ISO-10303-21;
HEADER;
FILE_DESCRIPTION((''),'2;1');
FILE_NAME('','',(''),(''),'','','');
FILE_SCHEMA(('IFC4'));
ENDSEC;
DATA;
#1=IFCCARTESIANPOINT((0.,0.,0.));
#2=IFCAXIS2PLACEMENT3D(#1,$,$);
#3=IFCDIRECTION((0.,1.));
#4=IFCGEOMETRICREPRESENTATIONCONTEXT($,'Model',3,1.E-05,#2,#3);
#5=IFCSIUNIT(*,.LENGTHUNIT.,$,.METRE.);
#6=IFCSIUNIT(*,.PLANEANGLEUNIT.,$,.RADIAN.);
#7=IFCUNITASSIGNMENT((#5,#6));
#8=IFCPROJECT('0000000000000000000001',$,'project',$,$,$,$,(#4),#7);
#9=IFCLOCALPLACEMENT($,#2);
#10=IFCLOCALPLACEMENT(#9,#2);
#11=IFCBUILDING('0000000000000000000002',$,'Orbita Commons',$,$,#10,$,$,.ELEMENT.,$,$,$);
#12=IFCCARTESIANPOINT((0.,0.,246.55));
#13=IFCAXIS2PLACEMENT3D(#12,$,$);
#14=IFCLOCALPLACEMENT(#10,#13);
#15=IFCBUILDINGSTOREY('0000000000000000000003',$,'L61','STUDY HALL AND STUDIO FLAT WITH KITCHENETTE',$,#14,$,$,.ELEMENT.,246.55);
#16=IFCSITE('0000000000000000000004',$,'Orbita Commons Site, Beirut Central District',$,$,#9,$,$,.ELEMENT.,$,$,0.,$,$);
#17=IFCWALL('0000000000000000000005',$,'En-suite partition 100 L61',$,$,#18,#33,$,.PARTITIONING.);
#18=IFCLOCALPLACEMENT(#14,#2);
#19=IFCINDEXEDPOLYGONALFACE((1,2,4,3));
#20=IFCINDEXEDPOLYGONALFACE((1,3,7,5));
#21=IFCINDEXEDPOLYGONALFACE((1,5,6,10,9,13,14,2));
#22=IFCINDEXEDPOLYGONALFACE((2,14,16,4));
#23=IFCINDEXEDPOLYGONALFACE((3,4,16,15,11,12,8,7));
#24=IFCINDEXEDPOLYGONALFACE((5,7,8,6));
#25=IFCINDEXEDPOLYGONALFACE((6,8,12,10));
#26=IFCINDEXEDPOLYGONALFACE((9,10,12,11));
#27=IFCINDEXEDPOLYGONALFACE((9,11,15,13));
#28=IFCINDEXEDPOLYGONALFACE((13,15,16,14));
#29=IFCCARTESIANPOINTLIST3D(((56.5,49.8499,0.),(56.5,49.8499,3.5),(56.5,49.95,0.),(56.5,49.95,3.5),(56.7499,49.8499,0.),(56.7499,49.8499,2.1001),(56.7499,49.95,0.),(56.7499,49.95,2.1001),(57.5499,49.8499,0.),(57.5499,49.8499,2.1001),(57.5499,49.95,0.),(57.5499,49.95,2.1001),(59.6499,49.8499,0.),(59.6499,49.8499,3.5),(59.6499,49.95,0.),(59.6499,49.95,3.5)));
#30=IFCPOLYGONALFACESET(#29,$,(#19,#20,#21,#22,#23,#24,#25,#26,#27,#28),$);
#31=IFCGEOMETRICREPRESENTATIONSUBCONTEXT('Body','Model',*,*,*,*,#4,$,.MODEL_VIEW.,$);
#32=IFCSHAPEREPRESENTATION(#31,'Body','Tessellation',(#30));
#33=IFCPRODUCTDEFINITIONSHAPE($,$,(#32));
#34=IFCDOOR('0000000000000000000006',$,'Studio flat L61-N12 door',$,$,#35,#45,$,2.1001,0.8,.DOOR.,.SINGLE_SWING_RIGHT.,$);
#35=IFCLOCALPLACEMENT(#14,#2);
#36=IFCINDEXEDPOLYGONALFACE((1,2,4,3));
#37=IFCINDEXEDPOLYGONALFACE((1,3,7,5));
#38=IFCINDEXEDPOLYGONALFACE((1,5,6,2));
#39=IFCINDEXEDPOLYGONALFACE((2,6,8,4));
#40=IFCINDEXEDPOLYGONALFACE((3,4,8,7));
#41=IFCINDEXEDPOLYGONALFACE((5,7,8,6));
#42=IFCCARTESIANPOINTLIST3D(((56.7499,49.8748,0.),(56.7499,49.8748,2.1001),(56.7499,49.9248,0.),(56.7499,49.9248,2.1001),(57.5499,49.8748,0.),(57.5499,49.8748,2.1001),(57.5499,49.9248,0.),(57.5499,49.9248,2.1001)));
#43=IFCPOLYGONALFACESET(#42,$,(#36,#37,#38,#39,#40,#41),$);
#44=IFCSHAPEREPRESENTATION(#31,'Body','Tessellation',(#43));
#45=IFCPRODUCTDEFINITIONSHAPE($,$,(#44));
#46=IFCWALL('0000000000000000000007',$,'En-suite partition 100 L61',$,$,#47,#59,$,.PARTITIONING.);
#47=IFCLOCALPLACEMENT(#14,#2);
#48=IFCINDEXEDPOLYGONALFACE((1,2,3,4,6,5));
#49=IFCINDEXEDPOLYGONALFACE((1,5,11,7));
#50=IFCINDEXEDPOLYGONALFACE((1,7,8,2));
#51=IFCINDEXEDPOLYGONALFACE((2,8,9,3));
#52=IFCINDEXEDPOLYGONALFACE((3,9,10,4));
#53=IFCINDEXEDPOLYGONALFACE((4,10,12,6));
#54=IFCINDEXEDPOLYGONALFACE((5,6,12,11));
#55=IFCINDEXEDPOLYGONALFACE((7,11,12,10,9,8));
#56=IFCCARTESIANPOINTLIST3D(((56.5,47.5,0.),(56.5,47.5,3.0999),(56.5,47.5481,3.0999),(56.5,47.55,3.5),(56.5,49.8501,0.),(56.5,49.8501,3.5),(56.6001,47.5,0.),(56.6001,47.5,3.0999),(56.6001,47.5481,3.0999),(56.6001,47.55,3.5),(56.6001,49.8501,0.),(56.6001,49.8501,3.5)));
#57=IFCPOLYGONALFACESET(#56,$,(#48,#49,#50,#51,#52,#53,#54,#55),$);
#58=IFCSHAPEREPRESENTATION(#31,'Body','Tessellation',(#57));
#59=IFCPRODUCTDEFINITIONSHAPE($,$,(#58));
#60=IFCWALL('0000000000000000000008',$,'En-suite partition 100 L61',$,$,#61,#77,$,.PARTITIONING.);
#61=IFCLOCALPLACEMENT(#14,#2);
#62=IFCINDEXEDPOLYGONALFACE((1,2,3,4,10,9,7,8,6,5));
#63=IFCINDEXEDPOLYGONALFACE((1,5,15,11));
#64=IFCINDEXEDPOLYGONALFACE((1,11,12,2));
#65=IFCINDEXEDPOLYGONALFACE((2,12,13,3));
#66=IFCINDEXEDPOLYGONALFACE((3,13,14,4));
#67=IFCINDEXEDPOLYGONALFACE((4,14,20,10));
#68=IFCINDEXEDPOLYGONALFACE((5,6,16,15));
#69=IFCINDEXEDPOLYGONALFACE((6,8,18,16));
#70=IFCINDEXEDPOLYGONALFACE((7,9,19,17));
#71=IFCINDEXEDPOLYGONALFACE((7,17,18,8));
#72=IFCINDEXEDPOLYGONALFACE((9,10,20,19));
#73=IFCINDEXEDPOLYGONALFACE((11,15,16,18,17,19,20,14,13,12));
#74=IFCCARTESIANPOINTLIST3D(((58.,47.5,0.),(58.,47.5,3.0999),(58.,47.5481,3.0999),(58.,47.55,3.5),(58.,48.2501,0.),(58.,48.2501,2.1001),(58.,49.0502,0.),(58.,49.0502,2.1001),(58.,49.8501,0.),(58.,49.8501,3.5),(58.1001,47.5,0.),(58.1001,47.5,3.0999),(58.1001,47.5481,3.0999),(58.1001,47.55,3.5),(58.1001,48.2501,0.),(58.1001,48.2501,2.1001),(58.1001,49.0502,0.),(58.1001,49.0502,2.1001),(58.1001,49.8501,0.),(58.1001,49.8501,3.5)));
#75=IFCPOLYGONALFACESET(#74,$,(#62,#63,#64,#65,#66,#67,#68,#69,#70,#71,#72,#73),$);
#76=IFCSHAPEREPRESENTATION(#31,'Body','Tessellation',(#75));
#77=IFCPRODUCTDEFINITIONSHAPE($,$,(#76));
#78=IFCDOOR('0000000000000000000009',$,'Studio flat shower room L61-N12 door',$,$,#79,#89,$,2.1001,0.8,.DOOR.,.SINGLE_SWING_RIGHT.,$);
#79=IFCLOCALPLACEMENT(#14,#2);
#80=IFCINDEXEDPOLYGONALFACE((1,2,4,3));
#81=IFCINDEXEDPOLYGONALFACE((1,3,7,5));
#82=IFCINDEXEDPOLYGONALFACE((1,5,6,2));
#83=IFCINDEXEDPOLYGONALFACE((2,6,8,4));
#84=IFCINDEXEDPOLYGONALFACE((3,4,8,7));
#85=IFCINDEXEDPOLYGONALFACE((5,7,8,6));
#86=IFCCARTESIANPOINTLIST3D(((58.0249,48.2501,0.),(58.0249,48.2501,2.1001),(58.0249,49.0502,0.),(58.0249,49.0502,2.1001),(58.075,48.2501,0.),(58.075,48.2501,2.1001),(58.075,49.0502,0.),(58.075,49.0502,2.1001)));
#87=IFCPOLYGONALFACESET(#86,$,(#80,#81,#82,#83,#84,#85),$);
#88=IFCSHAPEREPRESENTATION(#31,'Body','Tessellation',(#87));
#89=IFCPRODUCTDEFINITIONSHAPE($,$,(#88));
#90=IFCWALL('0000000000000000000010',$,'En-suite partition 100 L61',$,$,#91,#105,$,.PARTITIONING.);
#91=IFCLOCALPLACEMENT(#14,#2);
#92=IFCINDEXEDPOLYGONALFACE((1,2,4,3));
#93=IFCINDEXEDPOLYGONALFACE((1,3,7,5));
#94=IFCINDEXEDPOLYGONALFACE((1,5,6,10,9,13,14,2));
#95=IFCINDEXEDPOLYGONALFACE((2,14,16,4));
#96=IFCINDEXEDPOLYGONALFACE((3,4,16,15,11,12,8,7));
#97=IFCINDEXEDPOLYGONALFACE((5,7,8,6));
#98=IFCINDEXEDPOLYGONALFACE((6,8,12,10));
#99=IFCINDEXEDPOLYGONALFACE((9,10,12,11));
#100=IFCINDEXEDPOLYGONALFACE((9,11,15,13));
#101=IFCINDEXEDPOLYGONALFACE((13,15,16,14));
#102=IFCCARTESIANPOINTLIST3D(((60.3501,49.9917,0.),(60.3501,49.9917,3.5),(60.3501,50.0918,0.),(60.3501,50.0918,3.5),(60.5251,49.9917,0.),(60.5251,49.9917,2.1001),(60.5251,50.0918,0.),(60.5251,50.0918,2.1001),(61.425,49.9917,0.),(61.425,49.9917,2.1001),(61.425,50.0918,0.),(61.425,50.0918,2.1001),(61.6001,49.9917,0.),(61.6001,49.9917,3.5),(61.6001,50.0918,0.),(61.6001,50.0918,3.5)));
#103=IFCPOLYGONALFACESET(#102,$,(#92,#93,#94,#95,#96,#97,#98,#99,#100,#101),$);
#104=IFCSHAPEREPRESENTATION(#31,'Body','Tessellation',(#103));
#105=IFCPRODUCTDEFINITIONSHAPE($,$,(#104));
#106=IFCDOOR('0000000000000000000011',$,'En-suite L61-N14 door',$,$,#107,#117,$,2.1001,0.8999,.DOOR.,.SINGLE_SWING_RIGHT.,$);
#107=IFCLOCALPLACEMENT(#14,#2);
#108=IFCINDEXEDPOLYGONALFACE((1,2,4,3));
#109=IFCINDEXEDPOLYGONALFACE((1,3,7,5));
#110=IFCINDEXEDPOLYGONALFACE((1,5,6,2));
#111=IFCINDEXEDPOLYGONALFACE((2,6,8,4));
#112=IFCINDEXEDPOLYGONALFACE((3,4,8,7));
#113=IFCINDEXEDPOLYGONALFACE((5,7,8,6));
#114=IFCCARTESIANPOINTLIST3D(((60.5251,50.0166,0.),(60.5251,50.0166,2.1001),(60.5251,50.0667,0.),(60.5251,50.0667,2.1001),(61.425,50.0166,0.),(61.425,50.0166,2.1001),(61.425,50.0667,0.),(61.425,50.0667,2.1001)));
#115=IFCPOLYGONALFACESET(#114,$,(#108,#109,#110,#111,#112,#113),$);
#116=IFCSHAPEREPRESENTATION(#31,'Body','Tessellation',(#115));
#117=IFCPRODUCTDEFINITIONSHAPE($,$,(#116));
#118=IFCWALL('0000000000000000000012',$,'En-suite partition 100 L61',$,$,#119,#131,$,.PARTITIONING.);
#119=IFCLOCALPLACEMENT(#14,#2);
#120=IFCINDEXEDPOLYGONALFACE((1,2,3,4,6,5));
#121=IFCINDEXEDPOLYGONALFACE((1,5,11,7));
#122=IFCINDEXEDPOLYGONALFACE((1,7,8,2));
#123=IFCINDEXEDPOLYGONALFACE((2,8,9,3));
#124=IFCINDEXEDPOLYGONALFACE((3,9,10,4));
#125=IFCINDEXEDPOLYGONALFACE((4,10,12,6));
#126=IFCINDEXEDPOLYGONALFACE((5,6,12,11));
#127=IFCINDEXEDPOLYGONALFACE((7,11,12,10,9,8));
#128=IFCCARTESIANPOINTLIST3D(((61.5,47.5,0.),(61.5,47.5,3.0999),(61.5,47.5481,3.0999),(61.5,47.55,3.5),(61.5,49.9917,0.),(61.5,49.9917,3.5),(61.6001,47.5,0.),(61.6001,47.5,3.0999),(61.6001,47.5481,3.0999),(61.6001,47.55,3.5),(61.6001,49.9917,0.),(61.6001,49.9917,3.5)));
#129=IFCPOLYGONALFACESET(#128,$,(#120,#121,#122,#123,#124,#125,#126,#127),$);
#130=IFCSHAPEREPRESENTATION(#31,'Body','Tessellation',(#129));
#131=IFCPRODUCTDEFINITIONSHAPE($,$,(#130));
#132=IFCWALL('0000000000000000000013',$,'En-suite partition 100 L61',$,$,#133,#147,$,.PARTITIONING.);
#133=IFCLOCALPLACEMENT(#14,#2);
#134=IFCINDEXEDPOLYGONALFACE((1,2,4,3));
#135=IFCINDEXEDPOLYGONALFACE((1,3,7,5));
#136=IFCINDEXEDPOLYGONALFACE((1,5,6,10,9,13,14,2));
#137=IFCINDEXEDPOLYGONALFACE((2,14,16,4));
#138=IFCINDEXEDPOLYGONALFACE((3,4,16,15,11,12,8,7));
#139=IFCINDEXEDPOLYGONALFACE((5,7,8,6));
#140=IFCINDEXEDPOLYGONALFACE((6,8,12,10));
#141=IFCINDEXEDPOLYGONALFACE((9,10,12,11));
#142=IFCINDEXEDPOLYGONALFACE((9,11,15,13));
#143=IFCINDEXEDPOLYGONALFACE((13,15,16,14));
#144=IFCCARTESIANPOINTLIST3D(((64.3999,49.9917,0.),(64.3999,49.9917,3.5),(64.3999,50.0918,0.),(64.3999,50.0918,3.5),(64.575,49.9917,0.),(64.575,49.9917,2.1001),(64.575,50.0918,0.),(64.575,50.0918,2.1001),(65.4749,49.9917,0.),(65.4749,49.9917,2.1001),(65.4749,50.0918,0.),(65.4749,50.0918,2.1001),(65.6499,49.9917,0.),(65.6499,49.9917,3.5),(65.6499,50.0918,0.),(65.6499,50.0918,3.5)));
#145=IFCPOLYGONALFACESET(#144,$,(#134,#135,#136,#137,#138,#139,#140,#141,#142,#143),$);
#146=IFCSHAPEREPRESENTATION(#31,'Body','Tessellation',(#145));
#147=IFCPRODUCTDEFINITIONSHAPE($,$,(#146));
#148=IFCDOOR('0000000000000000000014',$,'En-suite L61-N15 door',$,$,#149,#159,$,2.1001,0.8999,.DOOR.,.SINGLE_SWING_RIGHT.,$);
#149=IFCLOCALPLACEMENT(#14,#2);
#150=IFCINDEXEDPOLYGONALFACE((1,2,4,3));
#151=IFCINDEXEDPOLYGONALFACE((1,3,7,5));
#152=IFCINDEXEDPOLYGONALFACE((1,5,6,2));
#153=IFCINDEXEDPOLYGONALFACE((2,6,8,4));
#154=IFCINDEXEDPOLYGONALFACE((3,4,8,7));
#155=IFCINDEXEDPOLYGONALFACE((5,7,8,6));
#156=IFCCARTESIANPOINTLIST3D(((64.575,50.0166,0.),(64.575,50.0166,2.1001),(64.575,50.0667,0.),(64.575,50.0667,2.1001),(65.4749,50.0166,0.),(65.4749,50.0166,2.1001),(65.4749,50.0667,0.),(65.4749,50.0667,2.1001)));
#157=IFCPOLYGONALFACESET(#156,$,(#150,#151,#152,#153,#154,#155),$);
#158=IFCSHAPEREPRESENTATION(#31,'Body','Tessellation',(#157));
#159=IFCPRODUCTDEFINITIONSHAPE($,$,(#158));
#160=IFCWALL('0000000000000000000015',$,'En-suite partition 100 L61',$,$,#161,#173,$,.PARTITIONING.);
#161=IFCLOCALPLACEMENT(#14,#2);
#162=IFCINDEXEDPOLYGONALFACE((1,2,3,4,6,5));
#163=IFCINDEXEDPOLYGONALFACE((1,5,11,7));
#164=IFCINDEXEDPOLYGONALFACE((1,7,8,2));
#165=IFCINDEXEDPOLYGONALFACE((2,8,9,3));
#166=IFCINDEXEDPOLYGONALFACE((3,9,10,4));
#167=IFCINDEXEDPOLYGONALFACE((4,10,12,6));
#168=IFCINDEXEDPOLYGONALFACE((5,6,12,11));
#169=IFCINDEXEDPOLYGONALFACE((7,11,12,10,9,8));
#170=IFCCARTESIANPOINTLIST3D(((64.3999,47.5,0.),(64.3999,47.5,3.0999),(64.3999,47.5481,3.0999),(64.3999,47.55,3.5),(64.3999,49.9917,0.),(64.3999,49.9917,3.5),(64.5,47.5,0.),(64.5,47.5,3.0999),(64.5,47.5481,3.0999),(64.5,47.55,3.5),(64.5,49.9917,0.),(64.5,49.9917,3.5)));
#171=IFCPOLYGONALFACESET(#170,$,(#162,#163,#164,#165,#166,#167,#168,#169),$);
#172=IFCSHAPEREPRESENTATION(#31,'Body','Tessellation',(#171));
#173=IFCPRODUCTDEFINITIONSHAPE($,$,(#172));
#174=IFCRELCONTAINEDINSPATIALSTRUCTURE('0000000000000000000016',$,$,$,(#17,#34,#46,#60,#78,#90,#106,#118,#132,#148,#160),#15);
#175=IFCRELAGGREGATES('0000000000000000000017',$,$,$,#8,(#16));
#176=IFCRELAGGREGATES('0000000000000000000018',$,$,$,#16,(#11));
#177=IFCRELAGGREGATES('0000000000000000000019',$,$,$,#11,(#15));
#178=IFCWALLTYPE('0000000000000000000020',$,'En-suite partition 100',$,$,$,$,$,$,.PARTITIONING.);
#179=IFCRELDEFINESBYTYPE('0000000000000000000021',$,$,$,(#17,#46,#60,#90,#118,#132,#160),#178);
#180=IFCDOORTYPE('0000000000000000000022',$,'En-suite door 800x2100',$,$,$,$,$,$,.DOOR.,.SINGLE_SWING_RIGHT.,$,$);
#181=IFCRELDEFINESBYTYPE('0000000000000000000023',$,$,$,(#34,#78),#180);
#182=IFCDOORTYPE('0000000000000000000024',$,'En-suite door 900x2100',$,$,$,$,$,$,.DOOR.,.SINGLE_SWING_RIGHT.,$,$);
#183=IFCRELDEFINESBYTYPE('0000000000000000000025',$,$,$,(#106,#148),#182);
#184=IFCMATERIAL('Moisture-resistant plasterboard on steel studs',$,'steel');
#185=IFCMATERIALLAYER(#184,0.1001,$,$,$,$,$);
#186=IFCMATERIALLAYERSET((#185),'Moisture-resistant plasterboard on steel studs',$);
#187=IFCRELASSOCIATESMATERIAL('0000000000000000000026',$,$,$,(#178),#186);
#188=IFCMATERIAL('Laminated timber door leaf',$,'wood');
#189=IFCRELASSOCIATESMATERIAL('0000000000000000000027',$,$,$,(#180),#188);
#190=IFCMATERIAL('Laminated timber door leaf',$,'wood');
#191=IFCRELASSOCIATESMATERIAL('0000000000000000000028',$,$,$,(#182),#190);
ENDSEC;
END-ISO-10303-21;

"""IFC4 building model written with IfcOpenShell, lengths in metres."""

from ifc_helpers import new_model, si_unit, direction, frame, frame_2d, origin, place, context, subcontext, project, spatial, polyline, rectangle, outline, extrude, material, layer, layer_set, type_object, element, fill, save


model = new_model("IFC4")

# Units and contexts
model_context = context("Model", 3, precision=1e-05, world=origin(), true_north=direction((0.0, 1.0)))
body_context = subcontext(model_context, "Body", "Model", "MODEL_VIEW")
ifc_project = project(units=[si_unit("LENGTHUNIT", "METRE"), si_unit("PLANEANGLEUNIT", "RADIAN")], contexts=[model_context])

# Site, building, storey
site_placement = place(None, origin())
site = spatial("IfcSite", under=ifc_project, at=site_placement, Name="Orbita Commons Site, Beirut Central District", CompositionType="ELEMENT", RefElevation=0.0)
building_placement = place(site_placement, origin())
building = spatial("IfcBuilding", under=site, at=building_placement, Name="Orbita Commons", CompositionType="ELEMENT")
storey_placement = place(building_placement, frame((0.0, 0.0, 246.55)))
storey = spatial("IfcBuildingStorey", under=building, at=storey_placement, Name="L61", Description="STUDY HALL AND STUDIO FLAT WITH KITCHENETTE", CompositionType="ELEMENT", Elevation=246.55)

# Wall, opening, door
ifc_material_1 = material(Name="Moisture-resistant plasterboard on steel studs", Category="steel")
ifc_layer_1 = layer(ifc_material_1, 0.1001)
ifc_layer_set_1 = layer_set([ifc_layer_1], Name="Moisture-resistant plasterboard on steel studs")
wall_type_1 = type_object("IfcWallType", Name="En-suite partition 100", PredefinedType="PARTITIONING", material=ifc_layer_set_1)
wall_1_placement = place(storey_placement, frame((56.5, 49.8999, 0.0), z_axis=(0.0, 0.0, 1.0), x_axis=(1.0, 0.0, 0.0)))
wall_1 = element("IfcWall", 1, at=wall_1_placement, inside=storey, type_object=wall_type_1, Name="En-suite partition 100 L61", PredefinedType="PARTITIONING", context=body_context, shape_type="SweptSolid", body=[
    extrude(rectangle(XDim=3.1499, YDim=0.1001, at=frame_2d((1.575, 0.0))), origin(), (0.0, 0.0, 1.0), 3.5),
])
opening_1_placement = place(wall_1_placement, frame((0.25, 0.0, 0.0)))
opening_1 = element("IfcOpeningElement", 2, at=opening_1_placement, cuts=wall_1, PredefinedType="OPENING", context=body_context, shape_type="SweptSolid", body=[
    extrude(rectangle(XDim=0.8, YDim=2.1001, at=frame_2d((0.3999, 1.05))), frame((0.0, 0.0601, 0.0), z_axis=(0.0, -1.0, 0.0), x_axis=(1.0, 0.0, 0.0)), (0.0, 0.0, 1.0), 0.1201),
])
ifc_material_2 = material(Name="Laminated timber door leaf", Category="wood")
door_type_1 = type_object("IfcDoorType", Name="En-suite door 800x2100", OperationType="SINGLE_SWING_RIGHT", PredefinedType="DOOR", material=ifc_material_2)
door_1_placement = place(opening_1_placement, origin())
door_1 = element("IfcDoor", 3, at=door_1_placement, inside=storey, type_object=door_type_1, Name="Studio flat L61-N12 door", OperationType="SINGLE_SWING_RIGHT", OverallHeight=2.1001, OverallWidth=0.8, PredefinedType="DOOR", context=body_context, shape_type="SweptSolid", body=[
    extrude(rectangle(XDim=0.8, YDim=2.1001, at=frame_2d((0.3999, 1.05))), frame((0.0, 0.0249, 0.0), z_axis=(0.0, -1.0, 0.0), x_axis=(1.0, 0.0, 0.0)), (0.0, 0.0, 1.0), 0.05),
])
fill(opening_1, door_1)

# Wall
wall_2_placement = place(storey_placement, frame((56.55, 49.8501, 0.0), z_axis=(0.0, 0.0, 1.0), x_axis=(0.0, -1.0, 0.0)))
element("IfcWall", 4, at=wall_2_placement, inside=storey, type_object=wall_type_1, Name="En-suite partition 100 L61", PredefinedType="PARTITIONING", context=body_context, shape_type="SweptSolid", body=[
    extrude(outline(polyline([(0.0, 0.0), (2.3501, 0.0), (2.3501, 3.0999), (2.302, 3.0999), (2.3, 3.5), (0.0, 3.5), (0.0, 0.0)])), frame((0.0, 0.05, 0.0), z_axis=(0.0, -1.0, 0.0), x_axis=(1.0, 0.0, 0.0)), (0.0, 0.0, 1.0), 0.1001),
])

# Walls, openings, doors
wall_3_placement = place(storey_placement, frame((58.05, 49.8501, 0.0), z_axis=(0.0, 0.0, 1.0), x_axis=(0.0, -1.0, 0.0)))
wall_3 = element("IfcWall", 5, at=wall_3_placement, inside=storey, type_object=wall_type_1, Name="En-suite partition 100 L61", PredefinedType="PARTITIONING", context=body_context, shape_type="SweptSolid", body=[
    extrude(outline(polyline([(0.0, 0.0), (2.3501, 0.0), (2.3501, 3.0999), (2.302, 3.0999), (2.3, 3.5), (0.0, 3.5), (0.0, 0.0)])), frame((0.0, 0.05, 0.0), z_axis=(0.0, -1.0, 0.0), x_axis=(1.0, 0.0, 0.0)), (0.0, 0.0, 1.0), 0.1001),
])
opening_2_placement = place(wall_3_placement, frame((0.8, 0.0, 0.0)))
opening_2 = element("IfcOpeningElement", 6, at=opening_2_placement, cuts=wall_3, PredefinedType="OPENING", context=body_context, shape_type="SweptSolid", body=[
    extrude(rectangle(XDim=0.8, YDim=2.1001, at=frame_2d((0.3999, 1.05))), frame((0.0, 0.0601, 0.0), z_axis=(0.0, -1.0, 0.0), x_axis=(1.0, 0.0, 0.0)), (0.0, 0.0, 1.0), 0.1201),
])
door_2_placement = place(opening_2_placement, origin())
door_2 = element("IfcDoor", 7, at=door_2_placement, inside=storey, type_object=door_type_1, Name="Studio flat shower room L61-N12 door", OperationType="SINGLE_SWING_RIGHT", OverallHeight=2.1001, OverallWidth=0.8, PredefinedType="DOOR", context=body_context, shape_type="SweptSolid", body=[
    extrude(rectangle(XDim=0.8, YDim=2.1001, at=frame_2d((0.3999, 1.05))), frame((0.0, 0.0249, 0.0), z_axis=(0.0, -1.0, 0.0), x_axis=(1.0, 0.0, 0.0)), (0.0, 0.0, 1.0), 0.05),
])
fill(opening_2, door_2)
wall_4_placement = place(storey_placement, frame((60.3501, 50.0417, 0.0), z_axis=(0.0, 0.0, 1.0), x_axis=(1.0, 0.0, 0.0)))
wall_4 = element("IfcWall", 8, at=wall_4_placement, inside=storey, type_object=wall_type_1, Name="En-suite partition 100 L61", PredefinedType="PARTITIONING", context=body_context, shape_type="SweptSolid", body=[
    extrude(rectangle(XDim=1.25, YDim=0.1001, at=frame_2d((0.625, 0.0))), origin(), (0.0, 0.0, 1.0), 3.5),
])
opening_3_placement = place(wall_4_placement, frame((0.175, 0.0, 0.0)))
opening_3 = element("IfcOpeningElement", 9, at=opening_3_placement, cuts=wall_4, PredefinedType="OPENING", context=body_context, shape_type="SweptSolid", body=[
    extrude(rectangle(XDim=0.8999, YDim=2.1001, at=frame_2d((0.45, 1.05))), frame((0.0, 0.0601, 0.0), z_axis=(0.0, -1.0, 0.0), x_axis=(1.0, 0.0, 0.0)), (0.0, 0.0, 1.0), 0.1201),
])
ifc_material_3 = material(Name="Laminated timber door leaf", Category="wood")
door_type_2 = type_object("IfcDoorType", Name="En-suite door 900x2100", OperationType="SINGLE_SWING_RIGHT", PredefinedType="DOOR", material=ifc_material_3)
door_3_placement = place(opening_3_placement, origin())
door_3 = element("IfcDoor", 10, at=door_3_placement, inside=storey, type_object=door_type_2, Name="En-suite L61-N14 door", OperationType="SINGLE_SWING_RIGHT", OverallHeight=2.1001, OverallWidth=0.8999, PredefinedType="DOOR", context=body_context, shape_type="SweptSolid", body=[
    extrude(rectangle(XDim=0.8999, YDim=2.1001, at=frame_2d((0.45, 1.05))), frame((0.0, 0.0249, 0.0), z_axis=(0.0, -1.0, 0.0), x_axis=(1.0, 0.0, 0.0)), (0.0, 0.0, 1.0), 0.05),
])
fill(opening_3, door_3)

# Wall
wall_5_placement = place(storey_placement, frame((61.55, 49.9917, 0.0), z_axis=(0.0, 0.0, 1.0), x_axis=(0.0, -1.0, 0.0)))
element("IfcWall", 11, at=wall_5_placement, inside=storey, type_object=wall_type_1, Name="En-suite partition 100 L61", PredefinedType="PARTITIONING", context=body_context, shape_type="SweptSolid", body=[
    extrude(outline(polyline([(0.0, 0.0), (2.4917, 0.0), (2.4917, 3.0999), (2.4436, 3.0999), (2.4417, 3.5), (0.0, 3.5), (0.0, 0.0)])), frame((0.0, 0.05, 0.0), z_axis=(0.0, -1.0, 0.0), x_axis=(1.0, 0.0, 0.0)), (0.0, 0.0, 1.0), 0.1001),
])

# Wall, opening, door
wall_6_placement = place(storey_placement, frame((64.3999, 50.0417, 0.0), z_axis=(0.0, 0.0, 1.0), x_axis=(1.0, 0.0, 0.0)))
wall_6 = element("IfcWall", 12, at=wall_6_placement, inside=storey, type_object=wall_type_1, Name="En-suite partition 100 L61", PredefinedType="PARTITIONING", context=body_context, shape_type="SweptSolid", body=[
    extrude(rectangle(XDim=1.25, YDim=0.1001, at=frame_2d((0.625, 0.0))), origin(), (0.0, 0.0, 1.0), 3.5),
])
opening_4_placement = place(wall_6_placement, frame((0.175, 0.0, 0.0)))
opening_4 = element("IfcOpeningElement", 13, at=opening_4_placement, cuts=wall_6, PredefinedType="OPENING", context=body_context, shape_type="SweptSolid", body=[
    extrude(rectangle(XDim=0.8999, YDim=2.1001, at=frame_2d((0.45, 1.05))), frame((0.0, 0.0601, 0.0), z_axis=(0.0, -1.0, 0.0), x_axis=(1.0, 0.0, 0.0)), (0.0, 0.0, 1.0), 0.1201),
])
door_4_placement = place(opening_4_placement, origin())
door_4 = element("IfcDoor", 14, at=door_4_placement, inside=storey, type_object=door_type_2, Name="En-suite L61-N15 door", OperationType="SINGLE_SWING_RIGHT", OverallHeight=2.1001, OverallWidth=0.8999, PredefinedType="DOOR", context=body_context, shape_type="SweptSolid", body=[
    extrude(rectangle(XDim=0.8999, YDim=2.1001, at=frame_2d((0.45, 1.05))), frame((0.0, 0.0249, 0.0), z_axis=(0.0, -1.0, 0.0), x_axis=(1.0, 0.0, 0.0)), (0.0, 0.0, 1.0), 0.05),
])
fill(opening_4, door_4)

# Wall
wall_7_placement = place(storey_placement, frame((64.45, 49.9917, 0.0), z_axis=(0.0, 0.0, 1.0), x_axis=(0.0, -1.0, 0.0)))
element("IfcWall", 15, at=wall_7_placement, inside=storey, type_object=wall_type_1, Name="En-suite partition 100 L61", PredefinedType="PARTITIONING", context=body_context, shape_type="SweptSolid", body=[
    extrude(outline(polyline([(0.0, 0.0), (2.4917, 0.0), (2.4917, 3.0999), (2.4436, 3.0999), (2.4417, 3.5), (0.0, 3.5), (0.0, 0.0)])), frame((0.0, 0.05, 0.0), z_axis=(0.0, -1.0, 0.0), x_axis=(1.0, 0.0, 0.0)), (0.0, 0.0, 1.0), 0.1001),
])

save(model, "model.ifc")
